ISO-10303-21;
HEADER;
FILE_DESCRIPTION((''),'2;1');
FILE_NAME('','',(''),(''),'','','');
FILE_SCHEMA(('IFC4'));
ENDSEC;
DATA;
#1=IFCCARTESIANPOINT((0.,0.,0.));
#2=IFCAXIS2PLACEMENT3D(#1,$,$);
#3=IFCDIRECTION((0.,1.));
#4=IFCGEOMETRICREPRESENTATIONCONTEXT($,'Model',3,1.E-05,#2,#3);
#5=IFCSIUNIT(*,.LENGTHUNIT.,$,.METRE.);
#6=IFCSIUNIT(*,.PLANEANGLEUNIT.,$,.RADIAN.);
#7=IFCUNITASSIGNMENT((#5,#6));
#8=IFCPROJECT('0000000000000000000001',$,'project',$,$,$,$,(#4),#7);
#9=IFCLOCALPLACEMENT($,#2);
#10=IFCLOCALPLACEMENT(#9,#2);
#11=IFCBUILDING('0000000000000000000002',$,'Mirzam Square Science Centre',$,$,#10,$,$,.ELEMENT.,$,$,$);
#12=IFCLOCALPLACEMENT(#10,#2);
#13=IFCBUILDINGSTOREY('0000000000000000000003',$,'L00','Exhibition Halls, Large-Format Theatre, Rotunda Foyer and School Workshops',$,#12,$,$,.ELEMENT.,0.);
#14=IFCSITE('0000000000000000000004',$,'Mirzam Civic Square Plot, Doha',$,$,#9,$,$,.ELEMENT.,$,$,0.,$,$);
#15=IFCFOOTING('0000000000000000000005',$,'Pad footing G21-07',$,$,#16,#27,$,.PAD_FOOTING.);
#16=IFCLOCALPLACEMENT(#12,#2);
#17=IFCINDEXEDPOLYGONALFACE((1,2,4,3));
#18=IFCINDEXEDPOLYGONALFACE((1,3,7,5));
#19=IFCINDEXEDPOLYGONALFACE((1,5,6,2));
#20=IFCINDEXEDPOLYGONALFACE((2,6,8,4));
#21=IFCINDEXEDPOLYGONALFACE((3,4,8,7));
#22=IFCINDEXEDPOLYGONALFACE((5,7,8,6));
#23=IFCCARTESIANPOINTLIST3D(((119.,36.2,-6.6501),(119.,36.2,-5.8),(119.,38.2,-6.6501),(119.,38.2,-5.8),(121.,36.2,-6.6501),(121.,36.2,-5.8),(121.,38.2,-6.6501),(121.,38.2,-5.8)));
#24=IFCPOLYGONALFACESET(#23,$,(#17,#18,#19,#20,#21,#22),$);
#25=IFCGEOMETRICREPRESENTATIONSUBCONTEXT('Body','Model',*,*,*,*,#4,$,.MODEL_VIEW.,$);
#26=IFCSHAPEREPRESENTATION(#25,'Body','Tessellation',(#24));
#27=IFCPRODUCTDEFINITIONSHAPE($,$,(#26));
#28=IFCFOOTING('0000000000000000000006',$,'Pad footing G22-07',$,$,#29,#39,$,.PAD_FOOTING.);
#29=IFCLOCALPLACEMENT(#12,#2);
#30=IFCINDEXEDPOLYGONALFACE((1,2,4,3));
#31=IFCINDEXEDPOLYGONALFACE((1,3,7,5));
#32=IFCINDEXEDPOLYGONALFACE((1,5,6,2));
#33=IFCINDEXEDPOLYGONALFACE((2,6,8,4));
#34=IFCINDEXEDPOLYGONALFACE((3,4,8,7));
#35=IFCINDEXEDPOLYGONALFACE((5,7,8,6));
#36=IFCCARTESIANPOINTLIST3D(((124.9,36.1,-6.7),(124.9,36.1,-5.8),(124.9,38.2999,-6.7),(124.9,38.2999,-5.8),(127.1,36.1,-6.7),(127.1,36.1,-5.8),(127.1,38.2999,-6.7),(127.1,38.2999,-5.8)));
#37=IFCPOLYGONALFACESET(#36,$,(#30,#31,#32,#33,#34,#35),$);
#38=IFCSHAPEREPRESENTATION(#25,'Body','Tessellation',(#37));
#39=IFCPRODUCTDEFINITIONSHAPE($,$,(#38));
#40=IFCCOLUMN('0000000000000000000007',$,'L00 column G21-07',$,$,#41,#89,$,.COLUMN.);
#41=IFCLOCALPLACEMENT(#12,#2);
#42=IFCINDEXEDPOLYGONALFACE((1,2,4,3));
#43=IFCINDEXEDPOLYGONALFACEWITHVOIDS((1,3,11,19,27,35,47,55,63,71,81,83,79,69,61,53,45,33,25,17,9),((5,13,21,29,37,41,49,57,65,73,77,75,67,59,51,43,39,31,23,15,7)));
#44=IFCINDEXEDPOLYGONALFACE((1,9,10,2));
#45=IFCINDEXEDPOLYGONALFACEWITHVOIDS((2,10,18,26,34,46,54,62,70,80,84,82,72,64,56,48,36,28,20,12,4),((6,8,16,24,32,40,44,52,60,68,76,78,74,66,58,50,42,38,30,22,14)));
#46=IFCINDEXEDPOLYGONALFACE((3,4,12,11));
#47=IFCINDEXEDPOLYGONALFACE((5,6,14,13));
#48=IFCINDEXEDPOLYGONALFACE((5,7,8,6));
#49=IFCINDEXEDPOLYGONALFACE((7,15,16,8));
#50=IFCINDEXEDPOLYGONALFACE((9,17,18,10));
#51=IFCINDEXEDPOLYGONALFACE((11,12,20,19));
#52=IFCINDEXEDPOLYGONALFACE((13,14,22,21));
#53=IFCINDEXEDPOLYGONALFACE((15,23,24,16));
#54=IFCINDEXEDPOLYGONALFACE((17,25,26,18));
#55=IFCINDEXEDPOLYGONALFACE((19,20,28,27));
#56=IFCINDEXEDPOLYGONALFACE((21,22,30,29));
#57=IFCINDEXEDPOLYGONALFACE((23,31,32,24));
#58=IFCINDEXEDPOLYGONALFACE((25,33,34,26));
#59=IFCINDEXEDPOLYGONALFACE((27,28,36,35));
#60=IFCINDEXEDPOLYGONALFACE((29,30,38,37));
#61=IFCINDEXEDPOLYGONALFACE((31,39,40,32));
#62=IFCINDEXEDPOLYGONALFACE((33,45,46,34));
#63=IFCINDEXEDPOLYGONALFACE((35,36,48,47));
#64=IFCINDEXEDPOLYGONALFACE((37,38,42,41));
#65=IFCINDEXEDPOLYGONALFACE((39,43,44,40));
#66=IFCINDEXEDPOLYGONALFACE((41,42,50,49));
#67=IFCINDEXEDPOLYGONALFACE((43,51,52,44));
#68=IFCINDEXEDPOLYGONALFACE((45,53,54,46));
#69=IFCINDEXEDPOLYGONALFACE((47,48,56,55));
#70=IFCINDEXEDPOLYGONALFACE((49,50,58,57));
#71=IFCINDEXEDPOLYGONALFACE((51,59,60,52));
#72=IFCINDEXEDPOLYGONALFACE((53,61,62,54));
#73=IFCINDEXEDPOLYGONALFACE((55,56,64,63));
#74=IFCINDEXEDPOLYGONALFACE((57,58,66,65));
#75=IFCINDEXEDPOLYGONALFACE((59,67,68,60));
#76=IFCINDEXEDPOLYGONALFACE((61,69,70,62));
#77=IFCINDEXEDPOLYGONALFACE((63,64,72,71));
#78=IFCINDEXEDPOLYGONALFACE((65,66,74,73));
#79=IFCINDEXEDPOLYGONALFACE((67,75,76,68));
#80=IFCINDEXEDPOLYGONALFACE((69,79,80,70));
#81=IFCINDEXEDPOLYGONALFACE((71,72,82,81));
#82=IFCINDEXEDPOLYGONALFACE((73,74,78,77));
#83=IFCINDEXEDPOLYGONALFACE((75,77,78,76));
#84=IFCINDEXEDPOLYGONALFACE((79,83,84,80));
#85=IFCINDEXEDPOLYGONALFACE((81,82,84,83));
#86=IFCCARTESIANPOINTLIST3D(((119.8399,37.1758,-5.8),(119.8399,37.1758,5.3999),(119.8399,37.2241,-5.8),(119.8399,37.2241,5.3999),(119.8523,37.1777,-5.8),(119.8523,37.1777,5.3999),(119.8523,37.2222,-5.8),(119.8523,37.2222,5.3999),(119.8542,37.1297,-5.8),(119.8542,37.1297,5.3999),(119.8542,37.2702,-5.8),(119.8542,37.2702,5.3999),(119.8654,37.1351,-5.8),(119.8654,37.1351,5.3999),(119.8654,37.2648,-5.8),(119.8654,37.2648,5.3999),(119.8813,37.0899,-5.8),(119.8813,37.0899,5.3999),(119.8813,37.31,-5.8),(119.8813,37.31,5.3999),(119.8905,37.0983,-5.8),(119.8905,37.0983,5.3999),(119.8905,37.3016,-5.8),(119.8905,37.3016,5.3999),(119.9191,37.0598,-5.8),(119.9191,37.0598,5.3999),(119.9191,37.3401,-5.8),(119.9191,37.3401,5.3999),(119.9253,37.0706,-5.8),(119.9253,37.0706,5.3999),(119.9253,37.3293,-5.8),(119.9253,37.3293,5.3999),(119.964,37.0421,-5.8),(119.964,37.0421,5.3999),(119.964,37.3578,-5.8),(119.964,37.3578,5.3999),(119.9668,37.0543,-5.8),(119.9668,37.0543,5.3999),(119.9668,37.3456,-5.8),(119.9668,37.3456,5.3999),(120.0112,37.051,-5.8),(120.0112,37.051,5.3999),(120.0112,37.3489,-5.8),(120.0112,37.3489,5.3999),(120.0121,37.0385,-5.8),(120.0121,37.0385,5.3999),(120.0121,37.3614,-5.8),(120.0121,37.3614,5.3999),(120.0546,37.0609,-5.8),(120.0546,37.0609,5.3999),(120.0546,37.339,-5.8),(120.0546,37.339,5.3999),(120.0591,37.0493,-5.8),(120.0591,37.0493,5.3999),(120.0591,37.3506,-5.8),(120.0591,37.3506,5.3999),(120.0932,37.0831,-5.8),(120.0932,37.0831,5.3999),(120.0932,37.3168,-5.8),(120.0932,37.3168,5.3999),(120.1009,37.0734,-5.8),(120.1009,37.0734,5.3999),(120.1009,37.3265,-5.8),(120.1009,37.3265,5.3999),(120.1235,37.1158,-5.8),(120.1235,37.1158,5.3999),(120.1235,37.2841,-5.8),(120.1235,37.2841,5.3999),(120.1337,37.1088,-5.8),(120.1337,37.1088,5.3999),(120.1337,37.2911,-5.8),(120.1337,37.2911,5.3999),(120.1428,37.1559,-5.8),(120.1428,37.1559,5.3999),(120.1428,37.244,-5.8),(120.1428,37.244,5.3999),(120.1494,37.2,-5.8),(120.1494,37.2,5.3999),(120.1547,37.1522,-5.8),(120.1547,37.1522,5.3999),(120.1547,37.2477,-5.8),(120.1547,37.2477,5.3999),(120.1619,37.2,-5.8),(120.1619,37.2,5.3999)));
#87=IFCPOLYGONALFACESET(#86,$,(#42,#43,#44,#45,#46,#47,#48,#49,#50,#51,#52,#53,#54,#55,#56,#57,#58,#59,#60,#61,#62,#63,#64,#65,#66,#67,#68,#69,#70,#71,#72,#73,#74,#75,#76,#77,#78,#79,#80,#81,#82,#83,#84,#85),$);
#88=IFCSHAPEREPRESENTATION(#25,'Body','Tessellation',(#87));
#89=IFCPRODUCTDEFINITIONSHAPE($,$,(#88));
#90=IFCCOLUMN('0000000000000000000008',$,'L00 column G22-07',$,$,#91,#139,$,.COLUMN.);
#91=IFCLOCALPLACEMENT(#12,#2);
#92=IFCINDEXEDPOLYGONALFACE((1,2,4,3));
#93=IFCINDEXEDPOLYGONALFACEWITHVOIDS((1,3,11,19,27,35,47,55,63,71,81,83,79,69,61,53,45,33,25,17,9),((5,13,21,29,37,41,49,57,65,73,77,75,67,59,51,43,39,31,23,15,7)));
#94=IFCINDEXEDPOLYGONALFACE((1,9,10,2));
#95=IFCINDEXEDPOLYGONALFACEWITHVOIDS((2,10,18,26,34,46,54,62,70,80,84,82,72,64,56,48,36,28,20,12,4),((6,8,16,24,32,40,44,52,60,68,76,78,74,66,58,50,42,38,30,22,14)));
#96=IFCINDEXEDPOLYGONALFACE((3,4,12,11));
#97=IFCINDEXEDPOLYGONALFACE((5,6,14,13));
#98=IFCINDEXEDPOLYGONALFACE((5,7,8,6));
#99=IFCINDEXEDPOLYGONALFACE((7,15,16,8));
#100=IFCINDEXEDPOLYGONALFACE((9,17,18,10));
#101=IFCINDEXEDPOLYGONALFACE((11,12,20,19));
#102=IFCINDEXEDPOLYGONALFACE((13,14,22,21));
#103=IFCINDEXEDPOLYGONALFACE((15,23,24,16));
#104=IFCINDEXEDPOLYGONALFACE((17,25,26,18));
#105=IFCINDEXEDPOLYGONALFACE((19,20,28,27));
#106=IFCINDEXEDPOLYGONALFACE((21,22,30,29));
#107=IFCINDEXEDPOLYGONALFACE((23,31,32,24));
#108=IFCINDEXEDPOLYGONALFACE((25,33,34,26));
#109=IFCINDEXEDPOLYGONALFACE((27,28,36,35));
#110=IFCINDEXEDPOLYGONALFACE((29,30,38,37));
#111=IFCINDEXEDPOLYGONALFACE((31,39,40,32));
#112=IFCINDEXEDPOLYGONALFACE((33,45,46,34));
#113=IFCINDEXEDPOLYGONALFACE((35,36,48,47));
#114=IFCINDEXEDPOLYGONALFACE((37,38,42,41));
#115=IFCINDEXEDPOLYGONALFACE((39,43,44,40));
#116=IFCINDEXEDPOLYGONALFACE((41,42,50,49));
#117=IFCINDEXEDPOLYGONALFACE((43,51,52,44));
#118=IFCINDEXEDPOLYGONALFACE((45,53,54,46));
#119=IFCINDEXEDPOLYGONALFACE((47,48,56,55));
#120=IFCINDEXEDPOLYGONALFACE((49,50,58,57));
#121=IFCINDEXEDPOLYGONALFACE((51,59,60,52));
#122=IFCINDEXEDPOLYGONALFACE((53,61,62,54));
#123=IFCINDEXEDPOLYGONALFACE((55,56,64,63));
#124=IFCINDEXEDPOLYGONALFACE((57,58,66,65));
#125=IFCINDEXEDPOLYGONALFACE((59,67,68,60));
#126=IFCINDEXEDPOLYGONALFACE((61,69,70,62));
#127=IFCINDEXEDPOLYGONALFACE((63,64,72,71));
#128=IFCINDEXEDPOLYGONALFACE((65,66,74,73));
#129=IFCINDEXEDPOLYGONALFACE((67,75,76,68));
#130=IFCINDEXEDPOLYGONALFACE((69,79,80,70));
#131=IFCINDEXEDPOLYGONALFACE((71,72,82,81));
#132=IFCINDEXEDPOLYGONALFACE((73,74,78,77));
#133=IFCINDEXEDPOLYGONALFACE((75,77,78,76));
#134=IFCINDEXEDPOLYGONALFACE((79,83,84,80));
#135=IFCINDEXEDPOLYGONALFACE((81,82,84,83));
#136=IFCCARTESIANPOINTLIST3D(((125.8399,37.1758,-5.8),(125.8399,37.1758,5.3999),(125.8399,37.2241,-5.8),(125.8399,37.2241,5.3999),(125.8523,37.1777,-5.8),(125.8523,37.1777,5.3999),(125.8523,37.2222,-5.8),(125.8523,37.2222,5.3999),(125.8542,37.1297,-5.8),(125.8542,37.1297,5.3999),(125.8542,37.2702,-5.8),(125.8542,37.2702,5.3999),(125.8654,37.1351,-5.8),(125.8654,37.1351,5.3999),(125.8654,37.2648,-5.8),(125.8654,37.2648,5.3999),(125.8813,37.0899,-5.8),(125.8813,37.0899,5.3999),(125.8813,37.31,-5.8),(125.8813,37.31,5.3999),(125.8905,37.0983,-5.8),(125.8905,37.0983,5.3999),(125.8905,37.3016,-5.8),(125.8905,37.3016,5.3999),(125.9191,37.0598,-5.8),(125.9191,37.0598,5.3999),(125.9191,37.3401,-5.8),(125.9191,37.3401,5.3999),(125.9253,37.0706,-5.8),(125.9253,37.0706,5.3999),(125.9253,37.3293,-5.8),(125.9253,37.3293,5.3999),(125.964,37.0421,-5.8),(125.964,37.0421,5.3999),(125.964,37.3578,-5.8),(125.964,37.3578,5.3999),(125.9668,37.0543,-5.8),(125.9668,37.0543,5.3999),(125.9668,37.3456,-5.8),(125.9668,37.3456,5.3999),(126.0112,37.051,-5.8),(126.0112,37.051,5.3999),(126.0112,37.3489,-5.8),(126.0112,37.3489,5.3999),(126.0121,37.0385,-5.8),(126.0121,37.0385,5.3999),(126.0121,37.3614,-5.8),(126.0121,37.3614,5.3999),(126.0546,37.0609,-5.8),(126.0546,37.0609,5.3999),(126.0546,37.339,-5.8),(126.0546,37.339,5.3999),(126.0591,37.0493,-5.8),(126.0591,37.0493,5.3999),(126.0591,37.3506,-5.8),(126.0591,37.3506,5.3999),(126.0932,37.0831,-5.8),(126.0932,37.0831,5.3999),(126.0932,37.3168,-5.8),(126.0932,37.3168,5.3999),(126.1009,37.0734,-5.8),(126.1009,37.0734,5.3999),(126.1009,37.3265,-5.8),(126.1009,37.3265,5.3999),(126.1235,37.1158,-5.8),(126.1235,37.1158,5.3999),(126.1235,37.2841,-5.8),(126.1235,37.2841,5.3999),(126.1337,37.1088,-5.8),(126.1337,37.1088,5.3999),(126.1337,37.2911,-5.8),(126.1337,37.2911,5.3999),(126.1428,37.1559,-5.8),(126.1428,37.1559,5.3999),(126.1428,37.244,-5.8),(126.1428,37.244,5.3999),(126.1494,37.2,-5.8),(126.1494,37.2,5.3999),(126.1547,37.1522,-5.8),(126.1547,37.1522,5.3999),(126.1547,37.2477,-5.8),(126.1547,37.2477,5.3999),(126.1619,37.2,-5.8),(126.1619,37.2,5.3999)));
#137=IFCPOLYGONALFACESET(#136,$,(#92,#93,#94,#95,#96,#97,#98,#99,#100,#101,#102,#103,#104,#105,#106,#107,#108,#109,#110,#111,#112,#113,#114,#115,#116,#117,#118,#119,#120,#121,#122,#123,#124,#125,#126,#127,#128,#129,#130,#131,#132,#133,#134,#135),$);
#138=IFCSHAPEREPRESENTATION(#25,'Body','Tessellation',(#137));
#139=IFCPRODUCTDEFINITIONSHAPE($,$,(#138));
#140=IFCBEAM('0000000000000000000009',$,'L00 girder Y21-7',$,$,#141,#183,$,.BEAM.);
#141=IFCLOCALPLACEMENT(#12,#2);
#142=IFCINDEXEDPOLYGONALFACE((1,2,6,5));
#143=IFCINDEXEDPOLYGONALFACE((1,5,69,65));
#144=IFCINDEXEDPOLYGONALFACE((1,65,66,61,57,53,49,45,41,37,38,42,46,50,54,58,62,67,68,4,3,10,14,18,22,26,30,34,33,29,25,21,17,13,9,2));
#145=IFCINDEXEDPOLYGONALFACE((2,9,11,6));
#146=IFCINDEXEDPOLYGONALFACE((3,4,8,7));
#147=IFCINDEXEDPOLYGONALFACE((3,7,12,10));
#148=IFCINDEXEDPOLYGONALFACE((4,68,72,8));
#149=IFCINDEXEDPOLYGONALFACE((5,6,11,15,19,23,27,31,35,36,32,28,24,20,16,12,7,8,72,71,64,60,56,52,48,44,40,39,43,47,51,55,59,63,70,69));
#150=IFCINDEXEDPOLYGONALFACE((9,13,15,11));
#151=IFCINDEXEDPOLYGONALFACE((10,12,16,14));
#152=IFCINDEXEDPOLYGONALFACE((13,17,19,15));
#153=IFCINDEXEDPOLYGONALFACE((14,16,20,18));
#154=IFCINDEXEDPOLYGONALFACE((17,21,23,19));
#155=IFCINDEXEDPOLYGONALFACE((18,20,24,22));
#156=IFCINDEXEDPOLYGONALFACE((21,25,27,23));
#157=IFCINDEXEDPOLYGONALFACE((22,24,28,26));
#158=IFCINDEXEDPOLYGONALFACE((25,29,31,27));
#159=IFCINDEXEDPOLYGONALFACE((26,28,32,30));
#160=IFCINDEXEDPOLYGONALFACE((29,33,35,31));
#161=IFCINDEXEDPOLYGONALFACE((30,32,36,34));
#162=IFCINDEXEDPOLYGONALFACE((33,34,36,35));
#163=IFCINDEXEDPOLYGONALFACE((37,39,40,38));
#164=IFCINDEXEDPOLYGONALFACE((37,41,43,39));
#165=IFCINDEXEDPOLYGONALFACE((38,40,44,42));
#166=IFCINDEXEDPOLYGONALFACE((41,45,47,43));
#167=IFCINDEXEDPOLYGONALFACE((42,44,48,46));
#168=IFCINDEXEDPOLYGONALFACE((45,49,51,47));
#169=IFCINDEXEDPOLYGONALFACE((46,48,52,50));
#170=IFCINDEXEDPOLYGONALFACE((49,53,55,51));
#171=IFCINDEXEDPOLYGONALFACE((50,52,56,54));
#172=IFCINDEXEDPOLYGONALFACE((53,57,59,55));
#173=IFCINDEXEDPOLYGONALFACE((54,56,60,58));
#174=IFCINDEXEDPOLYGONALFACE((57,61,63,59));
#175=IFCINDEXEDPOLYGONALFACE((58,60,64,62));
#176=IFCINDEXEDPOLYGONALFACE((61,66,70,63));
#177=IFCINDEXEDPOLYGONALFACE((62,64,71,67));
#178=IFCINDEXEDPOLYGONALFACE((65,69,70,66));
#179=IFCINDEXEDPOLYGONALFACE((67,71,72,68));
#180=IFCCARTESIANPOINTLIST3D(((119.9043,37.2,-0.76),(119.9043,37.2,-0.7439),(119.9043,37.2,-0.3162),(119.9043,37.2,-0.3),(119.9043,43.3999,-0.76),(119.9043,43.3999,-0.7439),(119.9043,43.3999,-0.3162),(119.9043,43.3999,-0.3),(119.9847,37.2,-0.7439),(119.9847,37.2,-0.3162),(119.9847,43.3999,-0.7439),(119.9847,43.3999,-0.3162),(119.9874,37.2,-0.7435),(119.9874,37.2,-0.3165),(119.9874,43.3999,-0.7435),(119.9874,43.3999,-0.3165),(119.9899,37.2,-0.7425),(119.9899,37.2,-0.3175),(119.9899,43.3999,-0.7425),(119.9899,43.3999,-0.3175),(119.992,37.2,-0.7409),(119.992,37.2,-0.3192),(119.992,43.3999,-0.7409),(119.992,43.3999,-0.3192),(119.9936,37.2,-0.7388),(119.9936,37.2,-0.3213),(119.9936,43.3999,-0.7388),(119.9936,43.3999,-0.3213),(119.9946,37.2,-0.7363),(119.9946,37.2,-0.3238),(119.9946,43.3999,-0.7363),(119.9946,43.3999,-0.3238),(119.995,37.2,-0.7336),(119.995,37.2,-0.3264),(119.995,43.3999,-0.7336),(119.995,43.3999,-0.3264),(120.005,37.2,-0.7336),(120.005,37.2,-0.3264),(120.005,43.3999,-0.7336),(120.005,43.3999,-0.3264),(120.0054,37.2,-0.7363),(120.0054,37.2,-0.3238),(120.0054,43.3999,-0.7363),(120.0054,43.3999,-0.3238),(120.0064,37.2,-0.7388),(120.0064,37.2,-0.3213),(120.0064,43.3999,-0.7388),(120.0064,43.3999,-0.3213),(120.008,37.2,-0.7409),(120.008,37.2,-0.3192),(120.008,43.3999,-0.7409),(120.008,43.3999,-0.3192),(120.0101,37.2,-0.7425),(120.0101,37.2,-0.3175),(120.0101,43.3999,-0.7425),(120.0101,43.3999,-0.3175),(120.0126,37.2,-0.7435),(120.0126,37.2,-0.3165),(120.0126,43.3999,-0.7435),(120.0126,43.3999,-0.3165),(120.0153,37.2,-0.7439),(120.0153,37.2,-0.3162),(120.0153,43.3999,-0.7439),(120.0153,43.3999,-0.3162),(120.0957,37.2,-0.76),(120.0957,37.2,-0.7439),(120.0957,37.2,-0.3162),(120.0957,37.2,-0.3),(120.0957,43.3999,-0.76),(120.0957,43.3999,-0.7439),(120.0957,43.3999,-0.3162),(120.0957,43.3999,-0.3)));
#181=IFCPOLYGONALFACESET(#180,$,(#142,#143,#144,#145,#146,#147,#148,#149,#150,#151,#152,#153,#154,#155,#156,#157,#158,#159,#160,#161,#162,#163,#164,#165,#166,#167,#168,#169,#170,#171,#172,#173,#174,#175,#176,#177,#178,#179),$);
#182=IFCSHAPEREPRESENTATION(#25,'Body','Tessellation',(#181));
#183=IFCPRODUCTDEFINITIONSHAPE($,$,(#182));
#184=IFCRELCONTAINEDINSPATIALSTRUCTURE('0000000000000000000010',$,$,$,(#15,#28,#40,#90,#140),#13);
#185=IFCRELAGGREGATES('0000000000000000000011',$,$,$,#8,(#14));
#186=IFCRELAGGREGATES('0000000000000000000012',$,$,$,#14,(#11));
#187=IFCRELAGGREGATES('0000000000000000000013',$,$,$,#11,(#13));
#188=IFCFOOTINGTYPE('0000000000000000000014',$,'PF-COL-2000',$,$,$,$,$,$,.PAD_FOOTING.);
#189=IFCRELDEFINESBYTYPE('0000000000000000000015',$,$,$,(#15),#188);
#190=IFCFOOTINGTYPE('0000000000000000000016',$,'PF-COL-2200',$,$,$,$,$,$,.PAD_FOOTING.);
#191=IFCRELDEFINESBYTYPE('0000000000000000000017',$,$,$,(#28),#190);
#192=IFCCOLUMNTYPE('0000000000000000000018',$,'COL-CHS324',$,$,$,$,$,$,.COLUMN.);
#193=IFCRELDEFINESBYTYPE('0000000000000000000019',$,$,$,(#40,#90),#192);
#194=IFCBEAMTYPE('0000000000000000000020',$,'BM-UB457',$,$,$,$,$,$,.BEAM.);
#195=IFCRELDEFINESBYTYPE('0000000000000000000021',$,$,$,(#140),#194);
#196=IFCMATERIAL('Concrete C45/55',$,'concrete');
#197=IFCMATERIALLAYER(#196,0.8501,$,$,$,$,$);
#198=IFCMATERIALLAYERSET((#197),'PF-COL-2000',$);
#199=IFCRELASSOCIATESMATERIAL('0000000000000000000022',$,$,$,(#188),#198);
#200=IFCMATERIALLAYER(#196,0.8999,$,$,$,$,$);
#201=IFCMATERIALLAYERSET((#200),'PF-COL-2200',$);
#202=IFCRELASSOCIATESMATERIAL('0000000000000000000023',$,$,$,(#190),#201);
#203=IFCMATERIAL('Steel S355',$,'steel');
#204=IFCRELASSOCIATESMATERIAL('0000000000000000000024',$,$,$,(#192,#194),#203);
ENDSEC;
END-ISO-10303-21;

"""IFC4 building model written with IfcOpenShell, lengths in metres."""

from ifc_helpers import new_model, si_unit, direction, frame, origin, origin_2d, place, context, subcontext, project, spatial, rectangle, hollow_circle, i_section, extrude, material, layer, layer_set, material_profile, profile_set, type_object, element, save


model = new_model("IFC4")

# Units and contexts
model_context = context("Model", 3, precision=1e-05, world=origin(), true_north=direction((0.0, 1.0)))
body_context = subcontext(model_context, "Body", "Model", "MODEL_VIEW")
ifc_project = project(units=[si_unit("LENGTHUNIT", "METRE"), si_unit("PLANEANGLEUNIT", "RADIAN")], contexts=[model_context])

# Site, building, storey
site_placement = place(None, origin())
site = spatial("IfcSite", under=ifc_project, at=site_placement, Name="Mirzam Civic Square Plot, Doha", CompositionType="ELEMENT", RefElevation=0.0)
building_placement = place(site_placement, origin())
building = spatial("IfcBuilding", under=site, at=building_placement, Name="Mirzam Square Science Centre", CompositionType="ELEMENT")
storey_placement = place(building_placement, origin())
storey = spatial("IfcBuildingStorey", under=building, at=storey_placement, Name="L00", Description="Exhibition Halls, Large-Format Theatre, Rotunda Foyer and School Workshops", CompositionType="ELEMENT", Elevation=0.0)

# Footings
ifc_material_1 = material(Name="Concrete C45/55", Category="concrete")
ifc_layer_1 = layer(ifc_material_1, 0.8501)
ifc_layer_set_1 = layer_set([ifc_layer_1], Name="PF-COL-2000")
footing_type_1 = type_object("IfcFootingType", Name="PF-COL-2000", PredefinedType="PAD_FOOTING", material=ifc_layer_set_1)
footing_1_placement = place(storey_placement, frame((120.0, 37.2, -6.6501), z_axis=(0.0, 0.0, 1.0), x_axis=(1.0, 0.0, 0.0)))
element("IfcFooting", 1, at=footing_1_placement, inside=storey, type_object=footing_type_1, Name="Pad footing G21-07", PredefinedType="PAD_FOOTING", context=body_context, shape_type="SweptSolid", body=[
    extrude(rectangle(XDim=2.0, YDim=2.0, at=origin_2d()), origin(), (0.0, 0.0, 1.0), 0.8501),
])
ifc_layer_2 = layer(ifc_material_1, 0.8999)
ifc_layer_set_2 = layer_set([ifc_layer_2], Name="PF-COL-2200")
footing_type_2 = type_object("IfcFootingType", Name="PF-COL-2200", PredefinedType="PAD_FOOTING", material=ifc_layer_set_2)
footing_2_placement = place(storey_placement, frame((126.0, 37.2, -6.7), z_axis=(0.0, 0.0, 1.0), x_axis=(1.0, 0.0, 0.0)))
element("IfcFooting", 2, at=footing_2_placement, inside=storey, type_object=footing_type_2, Name="Pad footing G22-07", PredefinedType="PAD_FOOTING", context=body_context, shape_type="SweptSolid", body=[
    extrude(rectangle(XDim=2.2, YDim=2.2, at=origin_2d()), origin(), (0.0, 0.0, 1.0), 0.8999),
])

# Columns
ifc_material_2 = material(Name="Steel S355", Category="steel")
ifc_material_profile_1 = material_profile(ifc_material_2, hollow_circle(Radius=0.1619, WallThickness=0.0125, at=origin_2d()), Name="323.9x12.5CHS")
ifc_profile_set_1 = profile_set([ifc_material_profile_1], Name="Steel S355")
column_type = type_object("IfcColumnType", Name="COL-CHS324", PredefinedType="COLUMN", material=ifc_profile_set_1)
for number, where, z_axis, x_axis, name in (
    (3, (120.0, 37.2, -5.8), (0.0, 0.0, 1.0), (1.0, 0.0, 0.0), "L00 column G21-07"),
    (4, (126.0, 37.2, -5.8), (0.0, 0.0, 1.0), (1.0, 0.0, 0.0), "L00 column G22-07"),
):
    element("IfcColumn", number, at=place(storey_placement, frame(where, z_axis=z_axis, x_axis=x_axis)), inside=storey, type_object=column_type, Name=name, PredefinedType="COLUMN", context=body_context, shape_type="SweptSolid", body=[
        extrude(hollow_circle(Radius=0.1619, WallThickness=0.0125, at=origin_2d()), origin(), (0.0, 0.0, 1.0), 11.2),
    ])

# Beam
ifc_material_profile_2 = material_profile(ifc_material_2, i_section(OverallWidth=0.1914, OverallDepth=0.46, WebThickness=0.01, FlangeThickness=0.0161, FilletRadius=0.0103, at=origin_2d()), Name="457x191x82UB")
ifc_profile_set_2 = profile_set([ifc_material_profile_2], Name="Steel S355")
beam_type_1 = type_object("IfcBeamType", Name="BM-UB457", PredefinedType="BEAM", material=ifc_profile_set_2)
beam_1_placement = place(storey_placement, frame((120.0, 37.2, -0.53), z_axis=(0.0, 1.0, 0.0), x_axis=(-1.0, 0.0, 0.0)))
element("IfcBeam", 5, at=beam_1_placement, inside=storey, type_object=beam_type_1, Name="L00 girder Y21-7", PredefinedType="BEAM", context=body_context, shape_type="SweptSolid", body=[
    extrude(i_section(OverallWidth=0.1914, OverallDepth=0.46, WebThickness=0.01, FlangeThickness=0.0161, FilletRadius=0.0103, at=origin_2d()), origin(), (0.0, 0.0, 1.0), 6.2),
])

save(model, "model.ifc")
